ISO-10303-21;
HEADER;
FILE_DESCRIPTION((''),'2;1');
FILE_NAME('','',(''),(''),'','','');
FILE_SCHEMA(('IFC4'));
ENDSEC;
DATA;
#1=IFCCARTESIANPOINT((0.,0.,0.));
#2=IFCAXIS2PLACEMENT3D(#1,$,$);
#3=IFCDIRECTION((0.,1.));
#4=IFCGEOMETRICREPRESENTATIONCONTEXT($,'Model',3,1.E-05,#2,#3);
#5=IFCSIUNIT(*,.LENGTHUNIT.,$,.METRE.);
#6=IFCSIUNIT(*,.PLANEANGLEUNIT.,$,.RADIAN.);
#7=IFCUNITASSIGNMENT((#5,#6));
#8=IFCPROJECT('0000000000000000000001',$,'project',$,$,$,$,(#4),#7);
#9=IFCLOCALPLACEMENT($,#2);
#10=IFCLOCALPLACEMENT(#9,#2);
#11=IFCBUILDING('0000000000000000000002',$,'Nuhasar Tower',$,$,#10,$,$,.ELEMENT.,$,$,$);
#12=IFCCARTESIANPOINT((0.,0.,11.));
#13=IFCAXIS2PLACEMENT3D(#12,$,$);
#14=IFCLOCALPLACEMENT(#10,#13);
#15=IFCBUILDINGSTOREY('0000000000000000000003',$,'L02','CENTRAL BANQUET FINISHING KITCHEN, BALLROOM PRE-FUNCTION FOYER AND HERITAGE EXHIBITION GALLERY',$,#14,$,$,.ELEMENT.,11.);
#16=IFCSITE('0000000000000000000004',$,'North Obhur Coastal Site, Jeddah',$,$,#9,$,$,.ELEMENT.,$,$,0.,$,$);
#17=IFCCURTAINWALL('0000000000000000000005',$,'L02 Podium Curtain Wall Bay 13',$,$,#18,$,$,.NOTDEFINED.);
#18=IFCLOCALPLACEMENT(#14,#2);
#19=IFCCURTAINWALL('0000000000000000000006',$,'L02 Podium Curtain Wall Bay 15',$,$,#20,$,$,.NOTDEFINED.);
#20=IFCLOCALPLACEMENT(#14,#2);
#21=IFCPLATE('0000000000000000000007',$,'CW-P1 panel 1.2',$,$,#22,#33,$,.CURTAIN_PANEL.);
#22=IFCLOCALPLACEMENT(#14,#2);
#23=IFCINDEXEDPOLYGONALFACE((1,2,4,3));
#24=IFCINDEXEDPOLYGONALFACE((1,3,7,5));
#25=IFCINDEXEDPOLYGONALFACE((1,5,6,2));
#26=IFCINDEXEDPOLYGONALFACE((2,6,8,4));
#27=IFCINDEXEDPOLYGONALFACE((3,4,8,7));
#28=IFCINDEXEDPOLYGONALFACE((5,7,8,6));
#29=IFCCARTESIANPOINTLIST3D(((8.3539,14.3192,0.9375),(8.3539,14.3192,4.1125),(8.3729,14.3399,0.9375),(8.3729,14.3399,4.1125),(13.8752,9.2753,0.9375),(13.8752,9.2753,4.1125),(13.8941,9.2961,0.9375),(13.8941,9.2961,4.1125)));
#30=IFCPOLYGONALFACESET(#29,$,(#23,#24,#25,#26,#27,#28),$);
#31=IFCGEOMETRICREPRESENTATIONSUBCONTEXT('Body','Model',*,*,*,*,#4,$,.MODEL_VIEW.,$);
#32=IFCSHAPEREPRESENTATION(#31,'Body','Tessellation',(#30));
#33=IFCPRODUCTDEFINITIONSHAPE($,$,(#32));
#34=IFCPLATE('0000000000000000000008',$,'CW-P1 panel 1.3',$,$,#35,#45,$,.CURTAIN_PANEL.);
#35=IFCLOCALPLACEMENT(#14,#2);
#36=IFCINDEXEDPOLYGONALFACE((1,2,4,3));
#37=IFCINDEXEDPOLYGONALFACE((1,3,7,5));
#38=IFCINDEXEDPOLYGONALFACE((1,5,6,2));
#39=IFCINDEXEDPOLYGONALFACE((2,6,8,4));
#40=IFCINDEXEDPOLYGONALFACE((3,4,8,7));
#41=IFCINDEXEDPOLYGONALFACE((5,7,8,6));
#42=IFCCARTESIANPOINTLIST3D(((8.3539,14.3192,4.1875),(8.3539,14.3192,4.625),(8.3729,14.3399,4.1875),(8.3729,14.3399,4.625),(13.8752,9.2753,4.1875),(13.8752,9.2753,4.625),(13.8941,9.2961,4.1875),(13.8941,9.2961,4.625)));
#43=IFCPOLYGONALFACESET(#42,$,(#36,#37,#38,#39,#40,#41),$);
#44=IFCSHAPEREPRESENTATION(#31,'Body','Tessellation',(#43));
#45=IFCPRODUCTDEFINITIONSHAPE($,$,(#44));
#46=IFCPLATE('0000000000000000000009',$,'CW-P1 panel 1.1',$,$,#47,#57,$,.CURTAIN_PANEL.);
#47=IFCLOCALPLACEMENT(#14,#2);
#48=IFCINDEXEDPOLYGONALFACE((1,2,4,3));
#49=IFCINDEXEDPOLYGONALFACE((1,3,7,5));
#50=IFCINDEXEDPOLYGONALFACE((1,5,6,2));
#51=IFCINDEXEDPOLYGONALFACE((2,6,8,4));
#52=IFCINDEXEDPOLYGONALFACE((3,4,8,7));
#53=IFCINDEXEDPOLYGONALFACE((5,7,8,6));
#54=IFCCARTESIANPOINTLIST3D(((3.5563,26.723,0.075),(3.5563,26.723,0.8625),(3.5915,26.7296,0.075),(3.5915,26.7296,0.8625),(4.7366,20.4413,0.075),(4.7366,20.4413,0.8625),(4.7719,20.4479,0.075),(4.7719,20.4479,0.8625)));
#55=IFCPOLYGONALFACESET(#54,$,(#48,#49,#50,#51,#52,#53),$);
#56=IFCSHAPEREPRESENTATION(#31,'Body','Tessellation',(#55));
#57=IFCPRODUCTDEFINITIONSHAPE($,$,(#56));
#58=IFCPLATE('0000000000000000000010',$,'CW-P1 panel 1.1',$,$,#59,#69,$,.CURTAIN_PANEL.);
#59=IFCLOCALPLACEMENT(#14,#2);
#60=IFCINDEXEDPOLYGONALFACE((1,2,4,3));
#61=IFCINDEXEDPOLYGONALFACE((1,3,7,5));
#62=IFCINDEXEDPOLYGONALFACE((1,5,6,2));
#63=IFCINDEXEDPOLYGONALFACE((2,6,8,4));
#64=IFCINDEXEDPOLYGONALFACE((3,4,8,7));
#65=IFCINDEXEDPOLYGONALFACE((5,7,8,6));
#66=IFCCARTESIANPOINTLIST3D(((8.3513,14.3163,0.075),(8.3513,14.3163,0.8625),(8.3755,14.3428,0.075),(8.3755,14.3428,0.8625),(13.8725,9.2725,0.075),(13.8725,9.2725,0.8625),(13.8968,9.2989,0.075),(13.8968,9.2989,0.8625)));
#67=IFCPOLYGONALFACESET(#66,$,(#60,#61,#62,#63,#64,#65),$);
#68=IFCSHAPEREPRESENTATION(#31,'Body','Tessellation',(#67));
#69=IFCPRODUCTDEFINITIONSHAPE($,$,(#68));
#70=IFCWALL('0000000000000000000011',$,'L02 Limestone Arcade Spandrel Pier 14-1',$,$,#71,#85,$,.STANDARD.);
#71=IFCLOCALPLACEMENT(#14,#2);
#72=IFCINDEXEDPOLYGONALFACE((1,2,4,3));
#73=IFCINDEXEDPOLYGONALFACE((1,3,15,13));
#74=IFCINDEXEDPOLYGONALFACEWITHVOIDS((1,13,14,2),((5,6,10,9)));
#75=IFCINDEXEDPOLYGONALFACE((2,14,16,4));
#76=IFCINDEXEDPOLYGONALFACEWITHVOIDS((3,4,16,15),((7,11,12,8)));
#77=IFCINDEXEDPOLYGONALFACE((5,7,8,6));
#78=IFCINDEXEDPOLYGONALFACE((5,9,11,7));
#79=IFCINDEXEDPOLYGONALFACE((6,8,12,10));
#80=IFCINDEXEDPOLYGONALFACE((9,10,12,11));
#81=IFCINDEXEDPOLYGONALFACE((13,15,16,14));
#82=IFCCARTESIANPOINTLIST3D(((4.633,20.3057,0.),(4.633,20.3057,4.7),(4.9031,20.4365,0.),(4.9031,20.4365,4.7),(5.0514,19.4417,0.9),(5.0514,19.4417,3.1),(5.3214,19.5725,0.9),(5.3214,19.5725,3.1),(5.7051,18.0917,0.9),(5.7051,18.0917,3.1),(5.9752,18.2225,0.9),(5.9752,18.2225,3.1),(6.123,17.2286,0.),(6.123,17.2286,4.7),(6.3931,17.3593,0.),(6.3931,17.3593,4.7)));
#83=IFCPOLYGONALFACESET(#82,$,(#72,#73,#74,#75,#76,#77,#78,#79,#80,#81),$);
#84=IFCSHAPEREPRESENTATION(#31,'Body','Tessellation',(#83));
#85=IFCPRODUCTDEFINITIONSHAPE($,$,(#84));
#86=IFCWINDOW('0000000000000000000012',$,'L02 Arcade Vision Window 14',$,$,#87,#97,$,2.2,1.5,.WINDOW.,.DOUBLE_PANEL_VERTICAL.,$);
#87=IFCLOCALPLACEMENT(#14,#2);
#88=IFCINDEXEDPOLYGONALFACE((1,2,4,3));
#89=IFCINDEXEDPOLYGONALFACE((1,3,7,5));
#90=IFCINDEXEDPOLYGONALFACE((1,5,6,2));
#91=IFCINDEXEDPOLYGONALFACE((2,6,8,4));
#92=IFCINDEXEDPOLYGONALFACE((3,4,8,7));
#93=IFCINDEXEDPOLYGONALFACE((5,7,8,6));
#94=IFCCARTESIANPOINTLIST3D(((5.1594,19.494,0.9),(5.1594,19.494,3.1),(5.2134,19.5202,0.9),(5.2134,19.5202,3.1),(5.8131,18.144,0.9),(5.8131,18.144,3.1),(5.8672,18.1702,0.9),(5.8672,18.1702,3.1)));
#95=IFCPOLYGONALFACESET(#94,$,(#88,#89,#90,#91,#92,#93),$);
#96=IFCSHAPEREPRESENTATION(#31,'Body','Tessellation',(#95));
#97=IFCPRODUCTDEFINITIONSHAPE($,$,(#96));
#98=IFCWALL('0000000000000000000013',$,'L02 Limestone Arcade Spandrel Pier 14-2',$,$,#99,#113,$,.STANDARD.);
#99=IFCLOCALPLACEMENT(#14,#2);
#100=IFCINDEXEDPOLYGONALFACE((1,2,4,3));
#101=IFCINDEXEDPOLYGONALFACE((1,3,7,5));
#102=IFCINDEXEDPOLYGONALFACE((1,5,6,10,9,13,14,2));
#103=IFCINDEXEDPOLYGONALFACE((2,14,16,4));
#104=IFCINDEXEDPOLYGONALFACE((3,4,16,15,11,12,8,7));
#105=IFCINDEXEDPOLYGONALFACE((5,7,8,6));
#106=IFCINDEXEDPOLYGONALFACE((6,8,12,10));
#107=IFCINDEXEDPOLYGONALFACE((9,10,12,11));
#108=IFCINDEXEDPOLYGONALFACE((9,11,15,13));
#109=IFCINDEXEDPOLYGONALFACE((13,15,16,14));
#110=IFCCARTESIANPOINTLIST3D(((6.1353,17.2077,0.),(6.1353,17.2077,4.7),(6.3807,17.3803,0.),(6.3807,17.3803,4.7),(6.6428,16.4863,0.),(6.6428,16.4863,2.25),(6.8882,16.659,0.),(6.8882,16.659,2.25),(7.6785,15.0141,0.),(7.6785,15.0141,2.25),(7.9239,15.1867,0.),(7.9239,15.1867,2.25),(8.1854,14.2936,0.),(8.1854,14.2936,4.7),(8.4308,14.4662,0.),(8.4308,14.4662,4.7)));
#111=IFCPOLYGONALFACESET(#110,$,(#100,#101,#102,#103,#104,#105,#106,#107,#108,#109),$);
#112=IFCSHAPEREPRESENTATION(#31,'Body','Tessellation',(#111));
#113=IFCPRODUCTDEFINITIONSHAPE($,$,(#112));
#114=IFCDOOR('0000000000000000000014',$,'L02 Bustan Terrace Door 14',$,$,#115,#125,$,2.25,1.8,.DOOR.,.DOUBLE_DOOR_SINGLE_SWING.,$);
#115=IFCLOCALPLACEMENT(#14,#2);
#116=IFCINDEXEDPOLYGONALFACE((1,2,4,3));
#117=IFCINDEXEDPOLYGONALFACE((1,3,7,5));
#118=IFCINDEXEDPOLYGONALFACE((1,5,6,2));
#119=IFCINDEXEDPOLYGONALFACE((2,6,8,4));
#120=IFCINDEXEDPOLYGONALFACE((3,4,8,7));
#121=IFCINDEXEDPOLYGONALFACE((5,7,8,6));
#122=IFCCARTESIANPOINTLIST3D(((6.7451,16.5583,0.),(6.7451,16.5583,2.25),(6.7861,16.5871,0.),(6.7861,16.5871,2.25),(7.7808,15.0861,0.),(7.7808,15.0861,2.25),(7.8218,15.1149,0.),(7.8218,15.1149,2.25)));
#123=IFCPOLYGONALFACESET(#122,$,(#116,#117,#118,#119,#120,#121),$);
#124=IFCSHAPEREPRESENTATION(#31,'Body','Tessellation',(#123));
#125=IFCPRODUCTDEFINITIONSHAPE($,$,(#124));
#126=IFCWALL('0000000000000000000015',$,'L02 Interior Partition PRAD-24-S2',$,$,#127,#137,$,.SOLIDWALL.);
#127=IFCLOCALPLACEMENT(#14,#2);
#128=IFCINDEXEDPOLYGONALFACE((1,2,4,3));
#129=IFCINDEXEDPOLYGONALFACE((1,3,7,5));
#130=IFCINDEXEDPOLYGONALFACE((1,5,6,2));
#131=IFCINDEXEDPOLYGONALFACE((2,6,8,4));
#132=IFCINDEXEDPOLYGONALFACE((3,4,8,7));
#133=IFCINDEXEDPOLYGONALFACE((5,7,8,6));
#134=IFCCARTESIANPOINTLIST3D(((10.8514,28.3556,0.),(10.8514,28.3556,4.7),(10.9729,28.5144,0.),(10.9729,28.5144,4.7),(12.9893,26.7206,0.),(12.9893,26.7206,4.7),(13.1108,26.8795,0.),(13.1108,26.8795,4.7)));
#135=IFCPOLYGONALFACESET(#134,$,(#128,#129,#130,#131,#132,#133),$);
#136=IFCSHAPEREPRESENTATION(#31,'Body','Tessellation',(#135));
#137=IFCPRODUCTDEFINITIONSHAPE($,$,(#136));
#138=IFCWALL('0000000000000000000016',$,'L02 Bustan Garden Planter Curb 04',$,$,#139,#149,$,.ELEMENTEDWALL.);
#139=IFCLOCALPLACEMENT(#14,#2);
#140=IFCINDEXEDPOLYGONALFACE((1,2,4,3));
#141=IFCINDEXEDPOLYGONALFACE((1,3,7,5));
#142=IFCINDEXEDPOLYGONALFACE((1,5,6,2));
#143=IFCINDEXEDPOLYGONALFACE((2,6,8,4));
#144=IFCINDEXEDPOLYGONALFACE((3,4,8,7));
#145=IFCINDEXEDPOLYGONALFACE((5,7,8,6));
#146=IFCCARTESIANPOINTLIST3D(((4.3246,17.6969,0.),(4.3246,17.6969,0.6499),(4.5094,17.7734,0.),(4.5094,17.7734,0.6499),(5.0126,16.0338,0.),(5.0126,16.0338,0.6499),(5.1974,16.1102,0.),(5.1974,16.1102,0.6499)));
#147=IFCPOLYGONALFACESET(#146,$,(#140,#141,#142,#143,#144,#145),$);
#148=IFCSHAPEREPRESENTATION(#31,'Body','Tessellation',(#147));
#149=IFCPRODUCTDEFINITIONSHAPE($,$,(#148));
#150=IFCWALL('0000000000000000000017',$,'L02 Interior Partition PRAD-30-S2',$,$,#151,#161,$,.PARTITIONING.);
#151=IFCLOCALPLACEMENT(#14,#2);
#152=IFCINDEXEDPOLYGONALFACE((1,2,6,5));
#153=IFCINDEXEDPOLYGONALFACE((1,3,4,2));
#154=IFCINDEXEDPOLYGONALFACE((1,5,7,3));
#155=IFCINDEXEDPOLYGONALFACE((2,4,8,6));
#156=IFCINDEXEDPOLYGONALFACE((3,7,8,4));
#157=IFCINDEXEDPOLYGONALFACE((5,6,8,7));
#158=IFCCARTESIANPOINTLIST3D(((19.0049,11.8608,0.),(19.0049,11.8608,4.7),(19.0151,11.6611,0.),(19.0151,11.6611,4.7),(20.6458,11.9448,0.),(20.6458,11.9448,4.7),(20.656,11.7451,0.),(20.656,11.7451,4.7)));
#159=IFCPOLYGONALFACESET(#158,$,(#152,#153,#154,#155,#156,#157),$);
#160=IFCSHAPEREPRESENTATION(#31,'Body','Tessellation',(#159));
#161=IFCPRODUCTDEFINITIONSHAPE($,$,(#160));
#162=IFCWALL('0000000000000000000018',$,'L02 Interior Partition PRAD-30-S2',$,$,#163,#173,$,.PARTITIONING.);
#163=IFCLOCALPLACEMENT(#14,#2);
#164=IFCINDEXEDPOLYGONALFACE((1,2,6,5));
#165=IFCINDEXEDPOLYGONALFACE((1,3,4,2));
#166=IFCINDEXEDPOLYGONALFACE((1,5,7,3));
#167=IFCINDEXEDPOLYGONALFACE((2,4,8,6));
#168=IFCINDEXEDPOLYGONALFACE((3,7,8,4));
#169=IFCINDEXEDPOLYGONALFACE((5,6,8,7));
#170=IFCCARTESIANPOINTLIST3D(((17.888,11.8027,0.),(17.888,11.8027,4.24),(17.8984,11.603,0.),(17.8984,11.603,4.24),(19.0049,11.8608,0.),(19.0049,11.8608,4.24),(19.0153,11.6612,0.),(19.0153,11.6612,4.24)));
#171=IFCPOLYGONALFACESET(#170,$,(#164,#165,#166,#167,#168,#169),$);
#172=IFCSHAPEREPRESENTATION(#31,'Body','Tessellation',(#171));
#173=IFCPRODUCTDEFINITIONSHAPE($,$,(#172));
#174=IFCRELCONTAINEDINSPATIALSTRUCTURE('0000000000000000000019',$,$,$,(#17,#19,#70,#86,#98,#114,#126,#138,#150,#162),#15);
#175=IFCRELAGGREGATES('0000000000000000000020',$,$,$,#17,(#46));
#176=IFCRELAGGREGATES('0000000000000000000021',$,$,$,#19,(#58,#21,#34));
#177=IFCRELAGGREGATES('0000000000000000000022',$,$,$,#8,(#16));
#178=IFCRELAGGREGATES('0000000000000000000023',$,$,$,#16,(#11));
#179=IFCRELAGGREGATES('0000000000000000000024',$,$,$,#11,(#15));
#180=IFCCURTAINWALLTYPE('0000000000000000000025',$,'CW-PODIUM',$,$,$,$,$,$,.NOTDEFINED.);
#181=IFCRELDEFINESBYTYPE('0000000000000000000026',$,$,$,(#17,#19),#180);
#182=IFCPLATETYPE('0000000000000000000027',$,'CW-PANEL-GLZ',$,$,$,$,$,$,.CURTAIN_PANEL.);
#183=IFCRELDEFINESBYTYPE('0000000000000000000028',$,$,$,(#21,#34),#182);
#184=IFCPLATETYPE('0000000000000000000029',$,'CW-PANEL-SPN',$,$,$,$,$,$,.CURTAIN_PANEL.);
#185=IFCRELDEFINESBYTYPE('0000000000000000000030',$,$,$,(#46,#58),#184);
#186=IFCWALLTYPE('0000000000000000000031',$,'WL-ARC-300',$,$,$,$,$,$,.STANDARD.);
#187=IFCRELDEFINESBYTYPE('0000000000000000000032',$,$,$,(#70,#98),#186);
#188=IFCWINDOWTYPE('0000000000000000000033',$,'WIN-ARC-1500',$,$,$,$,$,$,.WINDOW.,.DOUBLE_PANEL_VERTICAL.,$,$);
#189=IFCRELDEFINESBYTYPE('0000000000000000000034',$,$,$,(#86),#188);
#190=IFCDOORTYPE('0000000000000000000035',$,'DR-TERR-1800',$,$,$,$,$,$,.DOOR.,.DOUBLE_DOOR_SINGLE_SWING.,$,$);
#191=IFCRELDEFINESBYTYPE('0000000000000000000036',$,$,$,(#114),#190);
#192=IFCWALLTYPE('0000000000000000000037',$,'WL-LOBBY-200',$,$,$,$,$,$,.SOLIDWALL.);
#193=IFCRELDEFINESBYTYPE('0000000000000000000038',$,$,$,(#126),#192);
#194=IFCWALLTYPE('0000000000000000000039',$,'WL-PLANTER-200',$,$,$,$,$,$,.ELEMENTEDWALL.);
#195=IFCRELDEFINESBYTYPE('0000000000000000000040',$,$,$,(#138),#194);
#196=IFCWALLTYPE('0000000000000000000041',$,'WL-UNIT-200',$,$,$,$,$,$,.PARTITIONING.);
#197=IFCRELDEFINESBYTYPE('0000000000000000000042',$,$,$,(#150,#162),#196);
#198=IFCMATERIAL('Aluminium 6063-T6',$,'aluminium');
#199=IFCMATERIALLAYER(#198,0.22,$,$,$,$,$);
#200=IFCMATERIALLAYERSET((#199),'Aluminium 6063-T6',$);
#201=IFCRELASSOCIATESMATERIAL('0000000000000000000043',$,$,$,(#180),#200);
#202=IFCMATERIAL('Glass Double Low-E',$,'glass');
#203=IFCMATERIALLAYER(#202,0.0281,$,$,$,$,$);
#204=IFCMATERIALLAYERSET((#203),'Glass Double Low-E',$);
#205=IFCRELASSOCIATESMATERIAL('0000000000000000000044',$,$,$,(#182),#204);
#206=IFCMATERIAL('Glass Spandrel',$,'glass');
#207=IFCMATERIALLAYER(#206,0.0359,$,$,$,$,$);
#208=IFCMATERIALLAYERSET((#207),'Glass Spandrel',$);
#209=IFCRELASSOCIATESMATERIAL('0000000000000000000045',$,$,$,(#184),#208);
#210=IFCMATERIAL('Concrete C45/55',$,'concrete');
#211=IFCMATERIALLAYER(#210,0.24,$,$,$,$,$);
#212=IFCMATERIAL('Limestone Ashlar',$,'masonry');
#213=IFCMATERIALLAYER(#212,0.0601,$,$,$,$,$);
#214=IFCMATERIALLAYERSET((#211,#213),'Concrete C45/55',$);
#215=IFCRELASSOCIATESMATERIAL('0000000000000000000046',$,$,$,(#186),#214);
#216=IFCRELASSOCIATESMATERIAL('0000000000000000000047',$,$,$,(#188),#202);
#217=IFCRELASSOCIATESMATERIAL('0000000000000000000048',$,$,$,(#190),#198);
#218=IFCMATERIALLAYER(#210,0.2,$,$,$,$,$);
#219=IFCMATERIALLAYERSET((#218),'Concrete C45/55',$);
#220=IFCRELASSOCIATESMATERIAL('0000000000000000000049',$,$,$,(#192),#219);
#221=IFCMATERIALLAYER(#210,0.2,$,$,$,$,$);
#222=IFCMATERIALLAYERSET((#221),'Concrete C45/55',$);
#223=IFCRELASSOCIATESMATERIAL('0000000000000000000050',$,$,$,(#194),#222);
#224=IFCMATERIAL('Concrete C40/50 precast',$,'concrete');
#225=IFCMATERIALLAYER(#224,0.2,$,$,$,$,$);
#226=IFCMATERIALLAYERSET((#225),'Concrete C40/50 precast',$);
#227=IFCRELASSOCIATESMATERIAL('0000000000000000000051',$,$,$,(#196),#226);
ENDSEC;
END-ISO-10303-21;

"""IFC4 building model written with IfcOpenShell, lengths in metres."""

from ifc_helpers import new_model, si_unit, direction, frame, frame_2d, origin, origin_2d, place, context, subcontext, project, spatial, rectangle, extrude, material, layer, layer_set, type_object, element, fill, aggregate, save


model = new_model("IFC4")

# Units and contexts
model_context = context("Model", 3, precision=1e-05, world=origin(), true_north=direction((0.0, 1.0)))
body_context = subcontext(model_context, "Body", "Model", "MODEL_VIEW")
ifc_project = project(units=[si_unit("LENGTHUNIT", "METRE"), si_unit("PLANEANGLEUNIT", "RADIAN")], contexts=[model_context])

# Site, building, storey
site_placement = place(None, origin())
site = spatial("IfcSite", under=ifc_project, at=site_placement, Name="North Obhur Coastal Site, Jeddah", CompositionType="ELEMENT", RefElevation=0.0)
building_placement = place(site_placement, origin())
building = spatial("IfcBuilding", under=site, at=building_placement, Name="Nuhasar Tower", CompositionType="ELEMENT")
storey_placement = place(building_placement, frame((0.0, 0.0, 11.0)))
storey = spatial("IfcBuildingStorey", under=building, at=storey_placement, Name="L02", Description="CENTRAL BANQUET FINISHING KITCHEN, BALLROOM PRE-FUNCTION FOYER AND HERITAGE EXHIBITION GALLERY", CompositionType="ELEMENT", Elevation=11.0)

# Curtain wall
ifc_material_1 = material(Name="Aluminium 6063-T6", Category="aluminium")
ifc_layer_1 = layer(ifc_material_1, 0.22)
ifc_layer_set_1 = layer_set([ifc_layer_1], Name="Aluminium 6063-T6")
curtain_wall_type = type_object("IfcCurtainWallType", Name="CW-PODIUM", PredefinedType="NOTDEFINED", material=ifc_layer_set_1)
curtain_wall_1_placement = place(storey_placement, origin())
curtain_wall_1 = element("IfcCurtainWall", 1, at=curtain_wall_1_placement, inside=storey, type_object=curtain_wall_type, Name="L02 Podium Curtain Wall Bay 13", PredefinedType="NOTDEFINED")

# Curtain wall
curtain_wall_2_placement = place(storey_placement, origin())
curtain_wall_2 = element("IfcCurtainWall", 2, at=curtain_wall_2_placement, inside=storey, type_object=curtain_wall_type, Name="L02 Podium Curtain Wall Bay 15", PredefinedType="NOTDEFINED")

# Plates
ifc_material_2 = material(Name="Glass Double Low-E", Category="glass")
ifc_layer_2 = layer(ifc_material_2, 0.0281)
ifc_layer_set_2 = layer_set([ifc_layer_2], Name="Glass Double Low-E")
plate_type_1 = type_object("IfcPlateType", Name="CW-PANEL-GLZ", PredefinedType="CURTAIN_PANEL", material=ifc_layer_set_2)
plate_1_placement = place(storey_placement, frame((11.124, 11.8076, 0.9375), z_axis=(0.0, 0.0, 1.0), x_axis=(0.738307, -0.674465, 0.0)))
plate_1 = element("IfcPlate", 3, at=plate_1_placement, type_object=plate_type_1, Name="CW-P1 panel 1.2", PredefinedType="CURTAIN_PANEL", context=body_context, shape_type="SweptSolid", body=[
    extrude(rectangle(XDim=7.4783, YDim=0.0281, at=origin_2d()), origin(), (0.0, 0.0, 1.0), 3.175),
])
plate_2_placement = place(storey_placement, frame((11.124, 11.8076, 4.1875), z_axis=(0.0, 0.0, 1.0), x_axis=(0.738307, -0.674465, 0.0)))
plate_2 = element("IfcPlate", 4, at=plate_2_placement, type_object=plate_type_1, Name="CW-P1 panel 1.3", PredefinedType="CURTAIN_PANEL", context=body_context, shape_type="SweptSolid", body=[
    extrude(rectangle(XDim=7.4783, YDim=0.0281, at=origin_2d()), origin(), (0.0, 0.0, 1.0), 0.4375),
])
ifc_material_3 = material(Name="Glass Spandrel", Category="glass")
ifc_layer_3 = layer(ifc_material_3, 0.0359)
ifc_layer_set_3 = layer_set([ifc_layer_3], Name="Glass Spandrel")
plate_type_2 = type_object("IfcPlateType", Name="CW-PANEL-SPN", PredefinedType="CURTAIN_PANEL", material=ifc_layer_set_3)
plate_3_placement = place(storey_placement, frame((4.1641, 23.5854, 0.075), z_axis=(0.0, 0.0, 1.0), x_axis=(0.184667, -0.982801, 0.0)))
plate_3 = element("IfcPlate", 5, at=plate_3_placement, type_object=plate_type_2, Name="CW-P1 panel 1.1", PredefinedType="CURTAIN_PANEL", context=body_context, shape_type="SweptSolid", body=[
    extrude(rectangle(XDim=6.3916, YDim=0.0359, at=origin_2d()), origin(), (0.0, 0.0, 1.0), 0.7876),
])
aggregate(curtain_wall_1, [plate_3])
plate_4_placement = place(storey_placement, frame((11.124, 11.8076, 0.075), z_axis=(0.0, 0.0, 1.0), x_axis=(0.738307, -0.674465, 0.0)))
plate_4 = element("IfcPlate", 6, at=plate_4_placement, type_object=plate_type_2, Name="CW-P1 panel 1.1", PredefinedType="CURTAIN_PANEL", context=body_context, shape_type="SweptSolid", body=[
    extrude(rectangle(XDim=7.4783, YDim=0.0359, at=origin_2d()), origin(), (0.0, 0.0, 1.0), 0.7876),
])
aggregate(curtain_wall_2, [plate_4, plate_1, plate_2])

# Wall, opening, window
ifc_material_4 = material(Name="Concrete C45/55", Category="concrete")
ifc_layer_4 = layer(ifc_material_4, 0.24)
ifc_material_5 = material(Name="Limestone Ashlar", Category="masonry")
ifc_layer_5 = layer(ifc_material_5, 0.0601)
ifc_layer_set_4 = layer_set([ifc_layer_4, ifc_layer_5], Name="Concrete C45/55")
wall_type_1 = type_object("IfcWallType", Name="WL-ARC-300", PredefinedType="STANDARD", material=ifc_layer_set_4)
wall_1_placement = place(storey_placement, frame((6.2581, 17.2939, 0.0), z_axis=(0.0, 0.0, 1.0), x_axis=(-0.435809, 0.900039, 0.0)))
wall_1 = element("IfcWall", 7, at=wall_1_placement, inside=storey, type_object=wall_type_1, Name="L02 Limestone Arcade Spandrel Pier 14-1", PredefinedType="STANDARD", context=body_context, shape_type="SweptSolid", body=[
    extrude(rectangle(XDim=3.4189, YDim=0.3, at=frame_2d((1.7095, 0.0))), origin(), (0.0, 0.0, 1.0), 4.7),
])
opening_1_placement = place(wall_1_placement, frame((0.959, 0.0, 0.8999)))
opening_1 = element("IfcOpeningElement", 8, at=opening_1_placement, cuts=wall_1, PredefinedType="OPENING", context=body_context, shape_type="SweptSolid", body=[
    extrude(rectangle(XDim=1.5, YDim=2.2, at=frame_2d((0.75, 1.1001))), frame((0.0, 0.1602, 0.0), z_axis=(0.0, -1.0, 0.0), x_axis=(1.0, 0.0, 0.0)), (0.0, 0.0, 1.0), 0.3201),
])
window_type = type_object("IfcWindowType", Name="WIN-ARC-1500", PartitioningType="DOUBLE_PANEL_VERTICAL", PredefinedType="WINDOW", material=ifc_material_2)
window_placement = place(opening_1_placement, origin())
window = element("IfcWindow", 9, at=window_placement, inside=storey, type_object=window_type, Name="L02 Arcade Vision Window 14", OverallHeight=2.2, OverallWidth=1.5, PartitioningType="DOUBLE_PANEL_VERTICAL", PredefinedType="WINDOW", context=body_context, shape_type="SweptSolid", body=[
    extrude(rectangle(XDim=1.5, YDim=2.2, at=frame_2d((0.75, 1.1001))), frame((0.0, 0.03, 0.0), z_axis=(0.0, -1.0, 0.0), x_axis=(1.0, 0.0, 0.0)), (0.0, 0.0, 1.0), 0.0601),
])
fill(opening_1, window)

# Wall, opening, door
wall_2_placement = place(storey_placement, frame((8.3081, 14.3799, 0.0), z_axis=(0.0, 0.0, 1.0), x_axis=(-0.575383, 0.817884, 0.0)))
wall_2 = element("IfcWall", 10, at=wall_2_placement, inside=storey, type_object=wall_type_1, Name="L02 Limestone Arcade Spandrel Pier 14-2", PredefinedType="STANDARD", context=body_context, shape_type="SweptSolid", body=[
    extrude(rectangle(XDim=3.563, YDim=0.3, at=frame_2d((1.7815, 0.0))), origin(), (0.0, 0.0, 1.0), 4.7),
])
opening_2_placement = place(wall_2_placement, frame((0.8811, 0.0, 0.0)))
opening_2 = element("IfcOpeningElement", 11, at=opening_2_placement, cuts=wall_2, PredefinedType="OPENING", context=body_context, shape_type="SweptSolid", body=[
    extrude(rectangle(XDim=1.8, YDim=2.25, at=frame_2d((0.8999, 1.125))), frame((0.0, 0.1602, 0.0), z_axis=(0.0, -1.0, 0.0), x_axis=(1.0, 0.0, 0.0)), (0.0, 0.0, 1.0), 0.3201),
])
door_type = type_object("IfcDoorType", Name="DR-TERR-1800", OperationType="DOUBLE_DOOR_SINGLE_SWING", PredefinedType="DOOR", material=ifc_material_1)
door_placement = place(opening_2_placement, origin())
door = element("IfcDoor", 12, at=door_placement, inside=storey, type_object=door_type, Name="L02 Bustan Terrace Door 14", OperationType="DOUBLE_DOOR_SINGLE_SWING", OverallHeight=2.25, OverallWidth=1.8, PredefinedType="DOOR", context=body_context, shape_type="SweptSolid", body=[
    extrude(rectangle(XDim=1.8, YDim=2.25, at=frame_2d((0.8999, 1.125))), frame((0.0, 0.0249, 0.0), z_axis=(0.0, -1.0, 0.0), x_axis=(1.0, 0.0, 0.0)), (0.0, 0.0, 1.0), 0.05),
])
fill(opening_2, door)

# Walls
ifc_layer_6 = layer(ifc_material_4, 0.2)
ifc_layer_set_5 = layer_set([ifc_layer_6], Name="Concrete C45/55")
wall_type_2 = type_object("IfcWallType", Name="WL-LOBBY-200", PredefinedType="SOLIDWALL", material=ifc_layer_set_5)
wall_3_placement = place(storey_placement, frame((13.05, 26.8, 0.0), z_axis=(0.0, 0.0, 1.0), x_axis=(-0.794337, 0.607477, 0.0)))
element("IfcWall", 13, at=wall_3_placement, inside=storey, type_object=wall_type_2, Name="L02 Interior Partition PRAD-24-S2", PredefinedType="SOLIDWALL", context=body_context, shape_type="SweptSolid", body=[
    extrude(rectangle(XDim=2.6914, YDim=0.2, at=frame_2d((1.3457, 0.0))), origin(), (0.0, 0.0, 1.0), 4.7),
])
ifc_layer_7 = layer(ifc_material_4, 0.2)
ifc_layer_set_6 = layer_set([ifc_layer_7], Name="Concrete C45/55")
wall_type_3 = type_object("IfcWallType", Name="WL-PLANTER-200", PredefinedType="ELEMENTEDWALL", material=ifc_layer_set_6)
wall_4_placement = place(storey_placement, frame((5.105, 16.072, 0.0), z_axis=(0.0, 0.0, 1.0), x_axis=(-0.382264, 0.924053, 0.0)))
element("IfcWall", 14, at=wall_4_placement, inside=storey, type_object=wall_type_3, Name="L02 Bustan Garden Planter Curb 04", PredefinedType="ELEMENTEDWALL", context=body_context, shape_type="SweptSolid", body=[
    extrude(rectangle(XDim=1.7998, YDim=0.2, at=frame_2d((0.8999, 0.0))), origin(), (0.0, 0.0, 1.0), 0.6499),
])
ifc_material_6 = material(Name="Concrete C40/50 precast", Category="concrete")
ifc_layer_8 = layer(ifc_material_6, 0.2)
ifc_layer_set_7 = layer_set([ifc_layer_8], Name="Concrete C40/50 precast")
wall_type_4 = type_object("IfcWallType", Name="WL-UNIT-200", PredefinedType="PARTITIONING", material=ifc_layer_set_7)
wall_5_placement = place(storey_placement, frame((20.6509, 11.845, 0.0), z_axis=(0.0, 0.0, 1.0), x_axis=(-0.998693, -0.051116, 0.0)))
element("IfcWall", 15, at=wall_5_placement, inside=storey, type_object=wall_type_4, Name="L02 Interior Partition PRAD-30-S2", PredefinedType="PARTITIONING", context=body_context, shape_type="SweptSolid", body=[
    extrude(rectangle(XDim=1.6431, YDim=0.2, at=frame_2d((0.8215, 0.0))), origin(), (0.0, 0.0, 1.0), 4.7),
])
wall_6_placement = place(storey_placement, frame((19.01, 11.761, 0.0), z_axis=(0.0, 0.0, 1.0), x_axis=(-0.99865, -0.051952, 0.0)))
element("IfcWall", 16, at=wall_6_placement, inside=storey, type_object=wall_type_4, Name="L02 Interior Partition PRAD-30-S2", PredefinedType="PARTITIONING", context=body_context, shape_type="SweptSolid", body=[
    extrude(rectangle(XDim=1.1184, YDim=0.2, at=frame_2d((0.5591, 0.0))), origin(), (0.0, 0.0, 1.0), 4.24),
])

save(model, "model.ifc")
